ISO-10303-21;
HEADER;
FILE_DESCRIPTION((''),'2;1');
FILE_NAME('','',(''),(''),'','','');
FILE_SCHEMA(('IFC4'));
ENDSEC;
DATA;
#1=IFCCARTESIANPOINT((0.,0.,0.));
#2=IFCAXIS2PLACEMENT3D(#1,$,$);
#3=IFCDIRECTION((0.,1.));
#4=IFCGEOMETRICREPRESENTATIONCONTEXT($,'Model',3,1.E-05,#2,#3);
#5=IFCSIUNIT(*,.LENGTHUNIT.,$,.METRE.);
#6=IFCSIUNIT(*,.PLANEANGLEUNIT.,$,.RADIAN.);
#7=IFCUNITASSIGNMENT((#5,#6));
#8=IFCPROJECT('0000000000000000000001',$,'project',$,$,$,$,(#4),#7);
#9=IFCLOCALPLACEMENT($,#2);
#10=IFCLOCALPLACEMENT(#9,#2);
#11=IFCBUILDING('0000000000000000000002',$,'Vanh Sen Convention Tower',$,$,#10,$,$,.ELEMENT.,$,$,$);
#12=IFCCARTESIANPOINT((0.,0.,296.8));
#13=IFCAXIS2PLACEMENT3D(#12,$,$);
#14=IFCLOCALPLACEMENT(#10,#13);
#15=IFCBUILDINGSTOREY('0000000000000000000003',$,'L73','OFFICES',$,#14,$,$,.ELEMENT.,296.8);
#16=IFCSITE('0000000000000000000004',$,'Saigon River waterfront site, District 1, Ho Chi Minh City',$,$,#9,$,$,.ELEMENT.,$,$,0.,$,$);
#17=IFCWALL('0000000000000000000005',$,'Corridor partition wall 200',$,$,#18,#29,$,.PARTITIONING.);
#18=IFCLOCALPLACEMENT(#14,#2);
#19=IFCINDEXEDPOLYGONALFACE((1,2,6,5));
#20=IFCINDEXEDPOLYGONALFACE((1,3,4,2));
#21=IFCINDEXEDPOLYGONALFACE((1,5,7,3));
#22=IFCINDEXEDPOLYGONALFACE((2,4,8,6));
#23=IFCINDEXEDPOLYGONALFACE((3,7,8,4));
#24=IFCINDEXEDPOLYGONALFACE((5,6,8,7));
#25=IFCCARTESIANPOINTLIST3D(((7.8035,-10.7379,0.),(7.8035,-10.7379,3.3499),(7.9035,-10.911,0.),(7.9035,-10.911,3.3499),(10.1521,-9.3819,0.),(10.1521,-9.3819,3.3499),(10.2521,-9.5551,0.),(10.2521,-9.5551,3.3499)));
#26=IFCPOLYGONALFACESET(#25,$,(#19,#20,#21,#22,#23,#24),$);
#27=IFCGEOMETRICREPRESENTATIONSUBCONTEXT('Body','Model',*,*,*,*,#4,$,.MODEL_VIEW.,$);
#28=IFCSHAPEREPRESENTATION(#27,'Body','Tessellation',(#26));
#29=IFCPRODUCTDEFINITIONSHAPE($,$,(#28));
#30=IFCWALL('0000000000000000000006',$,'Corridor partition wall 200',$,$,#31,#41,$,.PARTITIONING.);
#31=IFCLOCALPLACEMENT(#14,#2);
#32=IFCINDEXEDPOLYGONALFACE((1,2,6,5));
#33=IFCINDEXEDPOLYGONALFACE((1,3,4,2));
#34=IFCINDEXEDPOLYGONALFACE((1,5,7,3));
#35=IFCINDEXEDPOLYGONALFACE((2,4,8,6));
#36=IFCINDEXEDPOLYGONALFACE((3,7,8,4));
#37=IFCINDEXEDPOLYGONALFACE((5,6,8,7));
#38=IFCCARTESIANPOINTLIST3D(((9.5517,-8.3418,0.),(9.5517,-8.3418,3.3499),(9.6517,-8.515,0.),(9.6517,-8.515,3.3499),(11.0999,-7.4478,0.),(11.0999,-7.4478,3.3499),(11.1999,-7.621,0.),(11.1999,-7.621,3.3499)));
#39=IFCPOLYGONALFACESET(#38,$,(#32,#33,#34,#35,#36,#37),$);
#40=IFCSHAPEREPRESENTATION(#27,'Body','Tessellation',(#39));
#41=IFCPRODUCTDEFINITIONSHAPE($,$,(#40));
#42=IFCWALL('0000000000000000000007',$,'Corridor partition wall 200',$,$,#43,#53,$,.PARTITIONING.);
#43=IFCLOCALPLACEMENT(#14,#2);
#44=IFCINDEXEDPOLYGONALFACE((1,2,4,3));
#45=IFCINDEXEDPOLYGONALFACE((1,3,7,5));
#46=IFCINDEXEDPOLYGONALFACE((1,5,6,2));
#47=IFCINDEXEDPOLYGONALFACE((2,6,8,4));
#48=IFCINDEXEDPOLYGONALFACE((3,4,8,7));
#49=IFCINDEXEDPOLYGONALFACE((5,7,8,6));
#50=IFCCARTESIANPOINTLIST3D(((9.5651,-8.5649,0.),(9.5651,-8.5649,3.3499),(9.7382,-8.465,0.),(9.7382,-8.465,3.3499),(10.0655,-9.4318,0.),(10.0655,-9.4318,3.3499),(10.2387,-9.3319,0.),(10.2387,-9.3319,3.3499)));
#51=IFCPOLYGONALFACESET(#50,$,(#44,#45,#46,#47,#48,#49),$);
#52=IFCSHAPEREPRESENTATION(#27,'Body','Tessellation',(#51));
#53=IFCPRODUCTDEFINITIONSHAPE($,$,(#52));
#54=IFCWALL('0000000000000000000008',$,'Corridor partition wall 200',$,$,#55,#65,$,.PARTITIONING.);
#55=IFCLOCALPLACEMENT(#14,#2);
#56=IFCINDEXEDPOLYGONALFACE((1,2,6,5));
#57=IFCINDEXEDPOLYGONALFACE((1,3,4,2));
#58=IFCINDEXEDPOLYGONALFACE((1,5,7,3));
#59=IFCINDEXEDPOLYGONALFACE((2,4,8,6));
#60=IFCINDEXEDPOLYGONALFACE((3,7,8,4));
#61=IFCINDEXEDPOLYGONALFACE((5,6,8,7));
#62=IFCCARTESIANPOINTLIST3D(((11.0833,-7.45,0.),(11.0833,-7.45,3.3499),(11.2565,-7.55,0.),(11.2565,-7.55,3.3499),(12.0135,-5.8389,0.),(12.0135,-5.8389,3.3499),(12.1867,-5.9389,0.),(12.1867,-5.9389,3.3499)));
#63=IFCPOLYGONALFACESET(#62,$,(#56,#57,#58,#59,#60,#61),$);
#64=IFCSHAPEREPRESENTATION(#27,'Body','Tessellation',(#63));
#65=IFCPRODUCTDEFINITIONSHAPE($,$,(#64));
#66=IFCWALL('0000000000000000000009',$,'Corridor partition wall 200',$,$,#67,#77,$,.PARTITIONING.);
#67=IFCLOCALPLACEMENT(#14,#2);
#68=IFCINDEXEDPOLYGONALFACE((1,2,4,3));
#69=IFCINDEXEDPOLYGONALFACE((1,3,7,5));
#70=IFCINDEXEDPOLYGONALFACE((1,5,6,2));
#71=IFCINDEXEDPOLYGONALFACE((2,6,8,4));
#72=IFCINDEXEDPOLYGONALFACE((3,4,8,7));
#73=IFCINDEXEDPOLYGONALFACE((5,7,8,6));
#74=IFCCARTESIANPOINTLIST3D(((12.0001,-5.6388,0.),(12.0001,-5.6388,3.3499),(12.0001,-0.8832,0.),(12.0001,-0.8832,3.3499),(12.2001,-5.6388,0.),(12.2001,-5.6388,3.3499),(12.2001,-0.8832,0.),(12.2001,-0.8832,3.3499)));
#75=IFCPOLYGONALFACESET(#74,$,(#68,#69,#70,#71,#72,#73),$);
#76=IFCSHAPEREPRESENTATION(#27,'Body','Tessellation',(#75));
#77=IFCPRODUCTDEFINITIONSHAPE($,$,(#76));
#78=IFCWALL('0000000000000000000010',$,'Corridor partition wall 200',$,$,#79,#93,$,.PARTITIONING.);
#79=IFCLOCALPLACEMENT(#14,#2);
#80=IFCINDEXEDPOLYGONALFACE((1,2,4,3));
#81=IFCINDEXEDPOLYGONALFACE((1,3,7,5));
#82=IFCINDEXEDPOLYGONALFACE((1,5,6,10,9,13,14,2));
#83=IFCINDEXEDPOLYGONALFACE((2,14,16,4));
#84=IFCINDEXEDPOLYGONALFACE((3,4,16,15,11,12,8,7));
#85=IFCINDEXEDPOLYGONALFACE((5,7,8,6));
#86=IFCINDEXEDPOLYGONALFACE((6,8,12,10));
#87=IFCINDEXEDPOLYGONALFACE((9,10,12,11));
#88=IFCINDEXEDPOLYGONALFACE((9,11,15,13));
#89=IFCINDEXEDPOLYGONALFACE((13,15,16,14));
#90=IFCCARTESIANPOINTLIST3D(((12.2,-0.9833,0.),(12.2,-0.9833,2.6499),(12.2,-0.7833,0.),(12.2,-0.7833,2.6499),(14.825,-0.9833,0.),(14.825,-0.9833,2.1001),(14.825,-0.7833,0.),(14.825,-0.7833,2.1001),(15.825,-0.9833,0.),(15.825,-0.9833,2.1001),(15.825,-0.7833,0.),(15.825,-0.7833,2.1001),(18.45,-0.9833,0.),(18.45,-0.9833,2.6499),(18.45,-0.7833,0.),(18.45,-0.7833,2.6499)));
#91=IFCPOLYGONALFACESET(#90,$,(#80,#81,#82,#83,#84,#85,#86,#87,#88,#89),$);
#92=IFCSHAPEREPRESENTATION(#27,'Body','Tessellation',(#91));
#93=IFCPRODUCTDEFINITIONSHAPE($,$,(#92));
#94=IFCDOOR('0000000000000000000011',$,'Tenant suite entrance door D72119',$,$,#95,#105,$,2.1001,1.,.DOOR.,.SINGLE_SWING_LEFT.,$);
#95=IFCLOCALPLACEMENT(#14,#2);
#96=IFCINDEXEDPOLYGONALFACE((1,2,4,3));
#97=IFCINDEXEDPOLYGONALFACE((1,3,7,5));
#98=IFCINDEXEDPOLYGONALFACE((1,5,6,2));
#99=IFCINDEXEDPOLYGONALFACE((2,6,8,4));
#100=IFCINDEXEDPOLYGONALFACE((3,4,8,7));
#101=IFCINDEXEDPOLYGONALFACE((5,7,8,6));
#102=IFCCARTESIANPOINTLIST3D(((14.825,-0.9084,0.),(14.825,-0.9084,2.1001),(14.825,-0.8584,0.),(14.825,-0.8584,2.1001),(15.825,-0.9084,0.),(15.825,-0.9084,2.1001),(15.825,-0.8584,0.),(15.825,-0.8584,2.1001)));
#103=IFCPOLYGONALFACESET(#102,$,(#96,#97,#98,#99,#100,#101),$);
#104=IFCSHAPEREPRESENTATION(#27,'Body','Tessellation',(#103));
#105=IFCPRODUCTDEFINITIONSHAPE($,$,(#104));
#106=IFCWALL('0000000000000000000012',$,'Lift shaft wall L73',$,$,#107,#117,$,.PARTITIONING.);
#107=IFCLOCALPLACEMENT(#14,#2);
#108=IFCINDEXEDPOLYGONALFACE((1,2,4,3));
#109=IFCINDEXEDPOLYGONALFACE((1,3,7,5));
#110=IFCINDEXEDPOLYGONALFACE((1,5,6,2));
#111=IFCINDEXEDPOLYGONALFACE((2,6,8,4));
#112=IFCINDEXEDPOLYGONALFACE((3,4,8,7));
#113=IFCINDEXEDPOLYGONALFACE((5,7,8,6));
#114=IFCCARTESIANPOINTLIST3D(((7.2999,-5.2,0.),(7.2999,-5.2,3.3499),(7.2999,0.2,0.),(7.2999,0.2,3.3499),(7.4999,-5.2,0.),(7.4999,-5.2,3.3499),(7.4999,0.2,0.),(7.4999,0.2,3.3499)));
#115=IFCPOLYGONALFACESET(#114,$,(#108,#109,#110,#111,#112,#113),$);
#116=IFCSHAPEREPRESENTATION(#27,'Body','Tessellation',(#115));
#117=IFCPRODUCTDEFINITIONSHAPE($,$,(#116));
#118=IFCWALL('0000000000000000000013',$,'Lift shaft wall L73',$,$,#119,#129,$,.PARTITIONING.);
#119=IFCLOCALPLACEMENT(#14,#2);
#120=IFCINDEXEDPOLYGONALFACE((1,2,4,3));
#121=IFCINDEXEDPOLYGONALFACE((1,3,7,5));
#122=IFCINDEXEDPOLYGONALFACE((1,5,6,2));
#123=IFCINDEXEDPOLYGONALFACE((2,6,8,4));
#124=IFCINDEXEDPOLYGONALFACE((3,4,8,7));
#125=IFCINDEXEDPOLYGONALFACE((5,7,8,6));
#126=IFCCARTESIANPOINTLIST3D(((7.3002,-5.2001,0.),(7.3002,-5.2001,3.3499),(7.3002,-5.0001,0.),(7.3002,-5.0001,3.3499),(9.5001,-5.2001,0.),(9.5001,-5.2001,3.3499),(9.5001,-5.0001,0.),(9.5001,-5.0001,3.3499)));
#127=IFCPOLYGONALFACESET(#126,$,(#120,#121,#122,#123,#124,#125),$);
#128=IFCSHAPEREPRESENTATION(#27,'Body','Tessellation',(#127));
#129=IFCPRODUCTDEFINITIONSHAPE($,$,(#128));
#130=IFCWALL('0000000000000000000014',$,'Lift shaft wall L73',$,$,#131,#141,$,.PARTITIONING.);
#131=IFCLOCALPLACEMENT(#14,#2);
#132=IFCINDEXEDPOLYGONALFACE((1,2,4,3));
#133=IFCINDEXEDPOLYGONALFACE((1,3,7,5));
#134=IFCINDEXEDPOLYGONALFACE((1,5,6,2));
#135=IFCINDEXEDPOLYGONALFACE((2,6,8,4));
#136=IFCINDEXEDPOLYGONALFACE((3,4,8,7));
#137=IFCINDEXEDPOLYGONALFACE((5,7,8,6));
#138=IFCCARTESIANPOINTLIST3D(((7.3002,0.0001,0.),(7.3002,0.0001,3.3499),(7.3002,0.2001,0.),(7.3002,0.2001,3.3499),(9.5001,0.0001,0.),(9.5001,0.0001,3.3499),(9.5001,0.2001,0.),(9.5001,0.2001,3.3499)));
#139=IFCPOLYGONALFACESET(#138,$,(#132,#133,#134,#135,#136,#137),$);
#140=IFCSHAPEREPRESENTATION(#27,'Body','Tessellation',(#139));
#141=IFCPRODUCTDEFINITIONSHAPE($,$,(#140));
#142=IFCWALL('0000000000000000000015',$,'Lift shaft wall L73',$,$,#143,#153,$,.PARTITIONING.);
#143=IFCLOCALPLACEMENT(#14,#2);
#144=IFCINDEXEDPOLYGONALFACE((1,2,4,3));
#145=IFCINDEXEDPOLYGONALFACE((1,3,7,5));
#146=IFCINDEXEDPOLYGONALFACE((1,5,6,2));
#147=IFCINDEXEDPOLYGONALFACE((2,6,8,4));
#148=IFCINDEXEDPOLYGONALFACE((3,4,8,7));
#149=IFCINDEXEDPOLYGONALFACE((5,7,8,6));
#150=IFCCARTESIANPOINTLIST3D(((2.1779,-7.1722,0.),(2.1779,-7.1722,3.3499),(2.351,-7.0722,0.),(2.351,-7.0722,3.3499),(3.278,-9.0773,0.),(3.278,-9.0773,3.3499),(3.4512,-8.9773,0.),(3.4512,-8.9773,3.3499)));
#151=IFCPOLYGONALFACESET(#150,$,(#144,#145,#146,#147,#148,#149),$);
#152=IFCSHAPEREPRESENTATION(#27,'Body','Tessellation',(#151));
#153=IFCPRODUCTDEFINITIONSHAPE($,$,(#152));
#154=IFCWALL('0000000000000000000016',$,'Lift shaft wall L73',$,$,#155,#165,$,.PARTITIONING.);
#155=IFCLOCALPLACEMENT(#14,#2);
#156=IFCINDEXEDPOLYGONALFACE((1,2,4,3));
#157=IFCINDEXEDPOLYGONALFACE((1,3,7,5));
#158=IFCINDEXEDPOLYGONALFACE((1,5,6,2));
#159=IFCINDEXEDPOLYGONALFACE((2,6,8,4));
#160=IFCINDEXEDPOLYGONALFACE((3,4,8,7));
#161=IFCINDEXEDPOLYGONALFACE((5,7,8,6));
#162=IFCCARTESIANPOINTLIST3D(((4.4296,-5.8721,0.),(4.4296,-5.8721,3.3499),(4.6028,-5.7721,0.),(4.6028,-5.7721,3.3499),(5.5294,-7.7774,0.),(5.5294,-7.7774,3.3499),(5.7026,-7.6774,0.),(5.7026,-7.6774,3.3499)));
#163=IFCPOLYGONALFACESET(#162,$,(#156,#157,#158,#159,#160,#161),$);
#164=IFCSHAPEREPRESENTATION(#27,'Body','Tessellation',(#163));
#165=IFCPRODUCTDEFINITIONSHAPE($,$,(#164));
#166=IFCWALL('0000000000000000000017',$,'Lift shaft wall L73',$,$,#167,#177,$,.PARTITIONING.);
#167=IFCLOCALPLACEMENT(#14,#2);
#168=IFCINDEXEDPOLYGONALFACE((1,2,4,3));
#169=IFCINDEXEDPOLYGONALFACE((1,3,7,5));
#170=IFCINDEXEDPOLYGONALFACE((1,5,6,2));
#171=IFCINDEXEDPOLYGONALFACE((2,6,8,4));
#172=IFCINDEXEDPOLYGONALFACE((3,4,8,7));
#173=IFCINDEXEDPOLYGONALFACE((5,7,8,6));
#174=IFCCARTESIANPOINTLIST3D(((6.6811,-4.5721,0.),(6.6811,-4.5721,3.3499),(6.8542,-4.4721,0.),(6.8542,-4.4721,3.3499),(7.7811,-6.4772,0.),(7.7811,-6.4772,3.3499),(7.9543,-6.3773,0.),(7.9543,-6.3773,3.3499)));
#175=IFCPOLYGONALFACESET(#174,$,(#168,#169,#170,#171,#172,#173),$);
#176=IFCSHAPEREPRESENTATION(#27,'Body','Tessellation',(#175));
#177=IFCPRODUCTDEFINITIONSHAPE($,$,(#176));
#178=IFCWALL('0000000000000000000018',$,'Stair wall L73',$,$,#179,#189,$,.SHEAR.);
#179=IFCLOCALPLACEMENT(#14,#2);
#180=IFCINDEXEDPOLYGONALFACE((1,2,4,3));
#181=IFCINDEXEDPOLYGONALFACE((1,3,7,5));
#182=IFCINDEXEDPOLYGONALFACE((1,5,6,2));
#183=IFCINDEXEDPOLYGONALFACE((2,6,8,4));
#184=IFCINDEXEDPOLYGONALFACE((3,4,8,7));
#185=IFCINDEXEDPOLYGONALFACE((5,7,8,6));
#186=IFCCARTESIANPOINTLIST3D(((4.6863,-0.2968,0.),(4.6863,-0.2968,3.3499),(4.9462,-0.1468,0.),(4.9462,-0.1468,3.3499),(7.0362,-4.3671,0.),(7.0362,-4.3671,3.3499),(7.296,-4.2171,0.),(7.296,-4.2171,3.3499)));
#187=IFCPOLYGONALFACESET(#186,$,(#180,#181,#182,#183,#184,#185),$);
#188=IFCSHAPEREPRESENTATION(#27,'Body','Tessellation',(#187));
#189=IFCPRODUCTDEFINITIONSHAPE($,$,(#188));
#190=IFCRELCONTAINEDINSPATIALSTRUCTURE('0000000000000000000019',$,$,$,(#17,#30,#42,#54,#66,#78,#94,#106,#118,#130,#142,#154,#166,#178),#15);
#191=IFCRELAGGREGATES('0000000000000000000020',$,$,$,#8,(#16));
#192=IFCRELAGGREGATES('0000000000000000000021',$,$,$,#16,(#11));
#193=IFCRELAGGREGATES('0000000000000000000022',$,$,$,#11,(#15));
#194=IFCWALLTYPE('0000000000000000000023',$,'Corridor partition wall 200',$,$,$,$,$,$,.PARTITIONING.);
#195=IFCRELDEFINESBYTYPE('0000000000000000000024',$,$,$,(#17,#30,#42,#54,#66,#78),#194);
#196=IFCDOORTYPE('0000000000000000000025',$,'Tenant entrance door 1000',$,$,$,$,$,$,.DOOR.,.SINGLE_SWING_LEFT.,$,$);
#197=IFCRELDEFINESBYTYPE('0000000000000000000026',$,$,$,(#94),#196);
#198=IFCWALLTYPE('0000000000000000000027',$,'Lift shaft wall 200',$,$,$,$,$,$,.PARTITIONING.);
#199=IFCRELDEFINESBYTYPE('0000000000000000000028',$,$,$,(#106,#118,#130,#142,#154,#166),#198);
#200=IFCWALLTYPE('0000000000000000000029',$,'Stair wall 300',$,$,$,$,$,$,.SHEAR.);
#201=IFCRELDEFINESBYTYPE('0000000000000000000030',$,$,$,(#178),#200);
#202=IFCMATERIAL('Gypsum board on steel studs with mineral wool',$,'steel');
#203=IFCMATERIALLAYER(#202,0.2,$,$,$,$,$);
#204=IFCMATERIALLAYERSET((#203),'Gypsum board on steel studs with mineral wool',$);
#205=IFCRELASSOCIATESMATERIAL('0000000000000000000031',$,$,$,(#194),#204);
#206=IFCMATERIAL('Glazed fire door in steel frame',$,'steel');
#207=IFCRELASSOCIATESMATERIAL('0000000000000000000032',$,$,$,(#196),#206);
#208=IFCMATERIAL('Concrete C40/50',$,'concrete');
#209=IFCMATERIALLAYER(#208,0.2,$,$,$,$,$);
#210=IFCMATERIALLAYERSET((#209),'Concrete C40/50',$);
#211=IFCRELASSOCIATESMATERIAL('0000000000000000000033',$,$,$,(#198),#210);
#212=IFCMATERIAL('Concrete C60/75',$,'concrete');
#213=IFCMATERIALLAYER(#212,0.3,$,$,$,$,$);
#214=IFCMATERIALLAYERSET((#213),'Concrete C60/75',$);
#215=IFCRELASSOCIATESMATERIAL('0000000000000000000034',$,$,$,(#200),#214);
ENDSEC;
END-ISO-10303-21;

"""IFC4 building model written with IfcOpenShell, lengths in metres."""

from ifc_helpers import new_model, si_unit, direction, frame, frame_2d, origin, place, context, subcontext, project, spatial, rectangle, extrude, material, layer, layer_set, type_object, element, fill, save


model = new_model("IFC4")

# Units and contexts
model_context = context("Model", 3, precision=1e-05, world=origin(), true_north=direction((0.0, 1.0)))
body_context = subcontext(model_context, "Body", "Model", "MODEL_VIEW")
ifc_project = project(units=[si_unit("LENGTHUNIT", "METRE"), si_unit("PLANEANGLEUNIT", "RADIAN")], contexts=[model_context])

# Site, building, storey
site_placement = place(None, origin())
site = spatial("IfcSite", under=ifc_project, at=site_placement, Name="Saigon River waterfront site, District 1, Ho Chi Minh City", CompositionType="ELEMENT", RefElevation=0.0)
building_placement = place(site_placement, origin())
building = spatial("IfcBuilding", under=site, at=building_placement, Name="Vanh Sen Convention Tower", CompositionType="ELEMENT")
storey_placement = place(building_placement, frame((0.0, 0.0, 296.8)))
storey = spatial("IfcBuildingStorey", under=building, at=storey_placement, Name="L73", Description="OFFICES", CompositionType="ELEMENT", Elevation=296.8)

# Shared definitions
ifc_material_1 = material(Name="Concrete C60/75", Category="concrete")

# Walls
ifc_material_2 = material(Name="Gypsum board on steel studs with mineral wool", Category="steel")
ifc_layer_1 = layer(ifc_material_2, 0.2)
ifc_layer_set_1 = layer_set([ifc_layer_1], Name="Gypsum board on steel studs with mineral wool")
wall_type_1 = type_object("IfcWallType", Name="Corridor partition wall 200", PredefinedType="PARTITIONING", material=ifc_layer_set_1)
wall_1_placement = place(storey_placement, frame((7.8535, -10.8245, 0.0), z_axis=(0.0, 0.0, 1.0), x_axis=(0.86603, 0.499993, 0.0)))
element("IfcWall", 1, at=wall_1_placement, inside=storey, type_object=wall_type_1, Name="Corridor partition wall 200", PredefinedType="PARTITIONING", context=body_context, shape_type="SweptSolid", body=[
    extrude(rectangle(XDim=2.7119, YDim=0.2, at=frame_2d((1.356, 0.0))), origin(), (0.0, 0.0, 1.0), 3.3499),
])
wall_2_placement = place(storey_placement, frame((9.6016, -8.4285, 0.0), z_axis=(0.0, 0.0, 1.0), x_axis=(0.865999, 0.500046, 0.0)))
element("IfcWall", 2, at=wall_2_placement, inside=storey, type_object=wall_type_1, Name="Corridor partition wall 200", PredefinedType="PARTITIONING", context=body_context, shape_type="SweptSolid", body=[
    extrude(rectangle(XDim=1.7878, YDim=0.2, at=frame_2d((0.894, 0.0))), origin(), (0.0, 0.0, 1.0), 3.3499),
])
wall_3_placement = place(storey_placement, frame((10.1521, -9.3818, 0.0), z_axis=(0.0, 0.0, 1.0), x_axis=(-0.499969, 0.866043, 0.0)))
element("IfcWall", 3, at=wall_3_placement, inside=storey, type_object=wall_type_1, Name="Corridor partition wall 200", PredefinedType="PARTITIONING", context=body_context, shape_type="SweptSolid", body=[
    extrude(rectangle(XDim=1.001, YDim=0.2, at=frame_2d((0.5005, 0.0))), origin(), (0.0, 0.0, 1.0), 3.3499),
])
wall_4_placement = place(storey_placement, frame((11.1699, -7.5, 0.0), z_axis=(0.0, 0.0, 1.0), x_axis=(0.500006, 0.866022, 0.0)))
element("IfcWall", 4, at=wall_4_placement, inside=storey, type_object=wall_type_1, Name="Corridor partition wall 200", PredefinedType="PARTITIONING", context=body_context, shape_type="SweptSolid", body=[
    extrude(rectangle(XDim=1.8604, YDim=0.2, at=frame_2d((0.9302, 0.0))), origin(), (0.0, 0.0, 1.0), 3.3499),
])
wall_5_placement = place(storey_placement, frame((12.1001, -5.6389, 0.0), z_axis=(0.0, 0.0, 1.0), x_axis=(0.0, 1.0, 0.0)))
element("IfcWall", 5, at=wall_5_placement, inside=storey, type_object=wall_type_1, Name="Corridor partition wall 200", PredefinedType="PARTITIONING", context=body_context, shape_type="SweptSolid", body=[
    extrude(rectangle(XDim=4.7556, YDim=0.2, at=frame_2d((2.3779, 0.0))), origin(), (0.0, 0.0, 1.0), 3.3499),
])

# Wall, opening, door
wall_6_placement = place(storey_placement, frame((12.2, -0.8833, 0.0), z_axis=(0.0, 0.0, 1.0), x_axis=(1.0, 0.0, 0.0)))
wall_6 = element("IfcWall", 6, at=wall_6_placement, inside=storey, type_object=wall_type_1, Name="Corridor partition wall 200", PredefinedType="PARTITIONING", context=body_context, shape_type="SweptSolid", body=[
    extrude(rectangle(XDim=6.25, YDim=0.2, at=frame_2d((3.125, 0.0))), origin(), (0.0, 0.0, 1.0), 2.6499),
])
opening_1_placement = place(wall_6_placement, frame((2.625, 0.0, 0.0)))
opening_1 = element("IfcOpeningElement", 7, at=opening_1_placement, cuts=wall_6, PredefinedType="OPENING", context=body_context, shape_type="SweptSolid", body=[
    extrude(rectangle(XDim=1.0, YDim=2.1001, at=frame_2d((0.5, 1.05))), frame((0.0, 0.1099, 0.0), z_axis=(0.0, -1.0, 0.0), x_axis=(1.0, 0.0, 0.0)), (0.0, 0.0, 1.0), 0.22),
])
ifc_material_3 = material(Name="Glazed fire door in steel frame", Category="steel")
door_type_1 = type_object("IfcDoorType", Name="Tenant entrance door 1000", OperationType="SINGLE_SWING_LEFT", PredefinedType="DOOR", material=ifc_material_3)
door_1_placement = place(opening_1_placement, origin())
door_1 = element("IfcDoor", 8, at=door_1_placement, inside=storey, type_object=door_type_1, Name="Tenant suite entrance door D72119", OperationType="SINGLE_SWING_LEFT", OverallHeight=2.1001, OverallWidth=1.0, PredefinedType="DOOR", context=body_context, shape_type="SweptSolid", body=[
    extrude(rectangle(XDim=1.0, YDim=2.1001, at=frame_2d((0.5, 1.05))), frame((0.0, 0.0249, 0.0), z_axis=(0.0, -1.0, 0.0), x_axis=(1.0, 0.0, 0.0)), (0.0, 0.0, 1.0), 0.05),
])
fill(opening_1, door_1)

# Walls
ifc_material_4 = material(Name="Concrete C40/50", Category="concrete")
ifc_layer_2 = layer(ifc_material_4, 0.2)
ifc_layer_set_2 = layer_set([ifc_layer_2], Name="Concrete C40/50")
wall_type_2 = type_object("IfcWallType", Name="Lift shaft wall 200", PredefinedType="PARTITIONING", material=ifc_layer_set_2)
wall_7_placement = place(storey_placement, frame((7.3999, -5.2, 0.0), z_axis=(0.0, 0.0, 1.0), x_axis=(0.0, 1.0, 0.0)))
element("IfcWall", 9, at=wall_7_placement, inside=storey, type_object=wall_type_2, Name="Lift shaft wall L73", PredefinedType="PARTITIONING", context=body_context, shape_type="SweptSolid", body=[
    extrude(rectangle(XDim=5.3999, YDim=0.2, at=frame_2d((2.7, 0.0))), origin(), (0.0, 0.0, 1.0), 3.3499),
])
for number, where, z_axis, x_axis, name in (
    (10, (7.3, -5.1001, 0.0), (0.0, 0.0, 1.0), (1.0, 0.0, 0.0), "Lift shaft wall L73"),
    (11, (7.3, 0.1001, 0.0), (0.0, 0.0, 1.0), (1.0, 0.0, 0.0), "Lift shaft wall L73"),
    (12, (2.2644, -7.1221, 0.0), (0.0, 0.0, 1.0), (0.500078, -0.86598, 0.0), "Lift shaft wall L73"),
    (13, (4.5161, -5.822, 0.0), (0.0, 0.0, 1.0), (0.499947, -0.866056, 0.0), "Lift shaft wall L73"),
    (14, (6.7676, -4.522, 0.0), (0.0, 0.0, 1.0), (0.50003, -0.866008, 0.0), "Lift shaft wall L73"),
):
    element("IfcWall", number, at=place(storey_placement, frame(where, z_axis=z_axis, x_axis=x_axis)), inside=storey, type_object=wall_type_2, Name=name, PredefinedType="PARTITIONING", context=body_context, shape_type="SweptSolid", body=[
        extrude(rectangle(XDim=2.2, YDim=0.2, at=frame_2d((1.1001, 0.0))), origin(), (0.0, 0.0, 1.0), 3.3499),
    ])
ifc_layer_3 = layer(ifc_material_1, 0.3)
ifc_layer_set_3 = layer_set([ifc_layer_3], Name="Concrete C60/75")
wall_type_3 = type_object("IfcWallType", Name="Stair wall 300", PredefinedType="SHEAR", material=ifc_layer_set_3)
wall_8_placement = place(storey_placement, frame((4.8162, -0.2217, 0.0), z_axis=(0.0, 0.0, 1.0), x_axis=(0.499977, -0.866039, 0.0)))
element("IfcWall", 15, at=wall_8_placement, inside=storey, type_object=wall_type_3, Name="Stair wall L73", PredefinedType="SHEAR", context=body_context, shape_type="SweptSolid", body=[
    extrude(rectangle(XDim=4.7, YDim=0.3, at=frame_2d((2.3501, 0.0))), origin(), (0.0, 0.0, 1.0), 3.3499),
])

save(model, "model.ifc")
